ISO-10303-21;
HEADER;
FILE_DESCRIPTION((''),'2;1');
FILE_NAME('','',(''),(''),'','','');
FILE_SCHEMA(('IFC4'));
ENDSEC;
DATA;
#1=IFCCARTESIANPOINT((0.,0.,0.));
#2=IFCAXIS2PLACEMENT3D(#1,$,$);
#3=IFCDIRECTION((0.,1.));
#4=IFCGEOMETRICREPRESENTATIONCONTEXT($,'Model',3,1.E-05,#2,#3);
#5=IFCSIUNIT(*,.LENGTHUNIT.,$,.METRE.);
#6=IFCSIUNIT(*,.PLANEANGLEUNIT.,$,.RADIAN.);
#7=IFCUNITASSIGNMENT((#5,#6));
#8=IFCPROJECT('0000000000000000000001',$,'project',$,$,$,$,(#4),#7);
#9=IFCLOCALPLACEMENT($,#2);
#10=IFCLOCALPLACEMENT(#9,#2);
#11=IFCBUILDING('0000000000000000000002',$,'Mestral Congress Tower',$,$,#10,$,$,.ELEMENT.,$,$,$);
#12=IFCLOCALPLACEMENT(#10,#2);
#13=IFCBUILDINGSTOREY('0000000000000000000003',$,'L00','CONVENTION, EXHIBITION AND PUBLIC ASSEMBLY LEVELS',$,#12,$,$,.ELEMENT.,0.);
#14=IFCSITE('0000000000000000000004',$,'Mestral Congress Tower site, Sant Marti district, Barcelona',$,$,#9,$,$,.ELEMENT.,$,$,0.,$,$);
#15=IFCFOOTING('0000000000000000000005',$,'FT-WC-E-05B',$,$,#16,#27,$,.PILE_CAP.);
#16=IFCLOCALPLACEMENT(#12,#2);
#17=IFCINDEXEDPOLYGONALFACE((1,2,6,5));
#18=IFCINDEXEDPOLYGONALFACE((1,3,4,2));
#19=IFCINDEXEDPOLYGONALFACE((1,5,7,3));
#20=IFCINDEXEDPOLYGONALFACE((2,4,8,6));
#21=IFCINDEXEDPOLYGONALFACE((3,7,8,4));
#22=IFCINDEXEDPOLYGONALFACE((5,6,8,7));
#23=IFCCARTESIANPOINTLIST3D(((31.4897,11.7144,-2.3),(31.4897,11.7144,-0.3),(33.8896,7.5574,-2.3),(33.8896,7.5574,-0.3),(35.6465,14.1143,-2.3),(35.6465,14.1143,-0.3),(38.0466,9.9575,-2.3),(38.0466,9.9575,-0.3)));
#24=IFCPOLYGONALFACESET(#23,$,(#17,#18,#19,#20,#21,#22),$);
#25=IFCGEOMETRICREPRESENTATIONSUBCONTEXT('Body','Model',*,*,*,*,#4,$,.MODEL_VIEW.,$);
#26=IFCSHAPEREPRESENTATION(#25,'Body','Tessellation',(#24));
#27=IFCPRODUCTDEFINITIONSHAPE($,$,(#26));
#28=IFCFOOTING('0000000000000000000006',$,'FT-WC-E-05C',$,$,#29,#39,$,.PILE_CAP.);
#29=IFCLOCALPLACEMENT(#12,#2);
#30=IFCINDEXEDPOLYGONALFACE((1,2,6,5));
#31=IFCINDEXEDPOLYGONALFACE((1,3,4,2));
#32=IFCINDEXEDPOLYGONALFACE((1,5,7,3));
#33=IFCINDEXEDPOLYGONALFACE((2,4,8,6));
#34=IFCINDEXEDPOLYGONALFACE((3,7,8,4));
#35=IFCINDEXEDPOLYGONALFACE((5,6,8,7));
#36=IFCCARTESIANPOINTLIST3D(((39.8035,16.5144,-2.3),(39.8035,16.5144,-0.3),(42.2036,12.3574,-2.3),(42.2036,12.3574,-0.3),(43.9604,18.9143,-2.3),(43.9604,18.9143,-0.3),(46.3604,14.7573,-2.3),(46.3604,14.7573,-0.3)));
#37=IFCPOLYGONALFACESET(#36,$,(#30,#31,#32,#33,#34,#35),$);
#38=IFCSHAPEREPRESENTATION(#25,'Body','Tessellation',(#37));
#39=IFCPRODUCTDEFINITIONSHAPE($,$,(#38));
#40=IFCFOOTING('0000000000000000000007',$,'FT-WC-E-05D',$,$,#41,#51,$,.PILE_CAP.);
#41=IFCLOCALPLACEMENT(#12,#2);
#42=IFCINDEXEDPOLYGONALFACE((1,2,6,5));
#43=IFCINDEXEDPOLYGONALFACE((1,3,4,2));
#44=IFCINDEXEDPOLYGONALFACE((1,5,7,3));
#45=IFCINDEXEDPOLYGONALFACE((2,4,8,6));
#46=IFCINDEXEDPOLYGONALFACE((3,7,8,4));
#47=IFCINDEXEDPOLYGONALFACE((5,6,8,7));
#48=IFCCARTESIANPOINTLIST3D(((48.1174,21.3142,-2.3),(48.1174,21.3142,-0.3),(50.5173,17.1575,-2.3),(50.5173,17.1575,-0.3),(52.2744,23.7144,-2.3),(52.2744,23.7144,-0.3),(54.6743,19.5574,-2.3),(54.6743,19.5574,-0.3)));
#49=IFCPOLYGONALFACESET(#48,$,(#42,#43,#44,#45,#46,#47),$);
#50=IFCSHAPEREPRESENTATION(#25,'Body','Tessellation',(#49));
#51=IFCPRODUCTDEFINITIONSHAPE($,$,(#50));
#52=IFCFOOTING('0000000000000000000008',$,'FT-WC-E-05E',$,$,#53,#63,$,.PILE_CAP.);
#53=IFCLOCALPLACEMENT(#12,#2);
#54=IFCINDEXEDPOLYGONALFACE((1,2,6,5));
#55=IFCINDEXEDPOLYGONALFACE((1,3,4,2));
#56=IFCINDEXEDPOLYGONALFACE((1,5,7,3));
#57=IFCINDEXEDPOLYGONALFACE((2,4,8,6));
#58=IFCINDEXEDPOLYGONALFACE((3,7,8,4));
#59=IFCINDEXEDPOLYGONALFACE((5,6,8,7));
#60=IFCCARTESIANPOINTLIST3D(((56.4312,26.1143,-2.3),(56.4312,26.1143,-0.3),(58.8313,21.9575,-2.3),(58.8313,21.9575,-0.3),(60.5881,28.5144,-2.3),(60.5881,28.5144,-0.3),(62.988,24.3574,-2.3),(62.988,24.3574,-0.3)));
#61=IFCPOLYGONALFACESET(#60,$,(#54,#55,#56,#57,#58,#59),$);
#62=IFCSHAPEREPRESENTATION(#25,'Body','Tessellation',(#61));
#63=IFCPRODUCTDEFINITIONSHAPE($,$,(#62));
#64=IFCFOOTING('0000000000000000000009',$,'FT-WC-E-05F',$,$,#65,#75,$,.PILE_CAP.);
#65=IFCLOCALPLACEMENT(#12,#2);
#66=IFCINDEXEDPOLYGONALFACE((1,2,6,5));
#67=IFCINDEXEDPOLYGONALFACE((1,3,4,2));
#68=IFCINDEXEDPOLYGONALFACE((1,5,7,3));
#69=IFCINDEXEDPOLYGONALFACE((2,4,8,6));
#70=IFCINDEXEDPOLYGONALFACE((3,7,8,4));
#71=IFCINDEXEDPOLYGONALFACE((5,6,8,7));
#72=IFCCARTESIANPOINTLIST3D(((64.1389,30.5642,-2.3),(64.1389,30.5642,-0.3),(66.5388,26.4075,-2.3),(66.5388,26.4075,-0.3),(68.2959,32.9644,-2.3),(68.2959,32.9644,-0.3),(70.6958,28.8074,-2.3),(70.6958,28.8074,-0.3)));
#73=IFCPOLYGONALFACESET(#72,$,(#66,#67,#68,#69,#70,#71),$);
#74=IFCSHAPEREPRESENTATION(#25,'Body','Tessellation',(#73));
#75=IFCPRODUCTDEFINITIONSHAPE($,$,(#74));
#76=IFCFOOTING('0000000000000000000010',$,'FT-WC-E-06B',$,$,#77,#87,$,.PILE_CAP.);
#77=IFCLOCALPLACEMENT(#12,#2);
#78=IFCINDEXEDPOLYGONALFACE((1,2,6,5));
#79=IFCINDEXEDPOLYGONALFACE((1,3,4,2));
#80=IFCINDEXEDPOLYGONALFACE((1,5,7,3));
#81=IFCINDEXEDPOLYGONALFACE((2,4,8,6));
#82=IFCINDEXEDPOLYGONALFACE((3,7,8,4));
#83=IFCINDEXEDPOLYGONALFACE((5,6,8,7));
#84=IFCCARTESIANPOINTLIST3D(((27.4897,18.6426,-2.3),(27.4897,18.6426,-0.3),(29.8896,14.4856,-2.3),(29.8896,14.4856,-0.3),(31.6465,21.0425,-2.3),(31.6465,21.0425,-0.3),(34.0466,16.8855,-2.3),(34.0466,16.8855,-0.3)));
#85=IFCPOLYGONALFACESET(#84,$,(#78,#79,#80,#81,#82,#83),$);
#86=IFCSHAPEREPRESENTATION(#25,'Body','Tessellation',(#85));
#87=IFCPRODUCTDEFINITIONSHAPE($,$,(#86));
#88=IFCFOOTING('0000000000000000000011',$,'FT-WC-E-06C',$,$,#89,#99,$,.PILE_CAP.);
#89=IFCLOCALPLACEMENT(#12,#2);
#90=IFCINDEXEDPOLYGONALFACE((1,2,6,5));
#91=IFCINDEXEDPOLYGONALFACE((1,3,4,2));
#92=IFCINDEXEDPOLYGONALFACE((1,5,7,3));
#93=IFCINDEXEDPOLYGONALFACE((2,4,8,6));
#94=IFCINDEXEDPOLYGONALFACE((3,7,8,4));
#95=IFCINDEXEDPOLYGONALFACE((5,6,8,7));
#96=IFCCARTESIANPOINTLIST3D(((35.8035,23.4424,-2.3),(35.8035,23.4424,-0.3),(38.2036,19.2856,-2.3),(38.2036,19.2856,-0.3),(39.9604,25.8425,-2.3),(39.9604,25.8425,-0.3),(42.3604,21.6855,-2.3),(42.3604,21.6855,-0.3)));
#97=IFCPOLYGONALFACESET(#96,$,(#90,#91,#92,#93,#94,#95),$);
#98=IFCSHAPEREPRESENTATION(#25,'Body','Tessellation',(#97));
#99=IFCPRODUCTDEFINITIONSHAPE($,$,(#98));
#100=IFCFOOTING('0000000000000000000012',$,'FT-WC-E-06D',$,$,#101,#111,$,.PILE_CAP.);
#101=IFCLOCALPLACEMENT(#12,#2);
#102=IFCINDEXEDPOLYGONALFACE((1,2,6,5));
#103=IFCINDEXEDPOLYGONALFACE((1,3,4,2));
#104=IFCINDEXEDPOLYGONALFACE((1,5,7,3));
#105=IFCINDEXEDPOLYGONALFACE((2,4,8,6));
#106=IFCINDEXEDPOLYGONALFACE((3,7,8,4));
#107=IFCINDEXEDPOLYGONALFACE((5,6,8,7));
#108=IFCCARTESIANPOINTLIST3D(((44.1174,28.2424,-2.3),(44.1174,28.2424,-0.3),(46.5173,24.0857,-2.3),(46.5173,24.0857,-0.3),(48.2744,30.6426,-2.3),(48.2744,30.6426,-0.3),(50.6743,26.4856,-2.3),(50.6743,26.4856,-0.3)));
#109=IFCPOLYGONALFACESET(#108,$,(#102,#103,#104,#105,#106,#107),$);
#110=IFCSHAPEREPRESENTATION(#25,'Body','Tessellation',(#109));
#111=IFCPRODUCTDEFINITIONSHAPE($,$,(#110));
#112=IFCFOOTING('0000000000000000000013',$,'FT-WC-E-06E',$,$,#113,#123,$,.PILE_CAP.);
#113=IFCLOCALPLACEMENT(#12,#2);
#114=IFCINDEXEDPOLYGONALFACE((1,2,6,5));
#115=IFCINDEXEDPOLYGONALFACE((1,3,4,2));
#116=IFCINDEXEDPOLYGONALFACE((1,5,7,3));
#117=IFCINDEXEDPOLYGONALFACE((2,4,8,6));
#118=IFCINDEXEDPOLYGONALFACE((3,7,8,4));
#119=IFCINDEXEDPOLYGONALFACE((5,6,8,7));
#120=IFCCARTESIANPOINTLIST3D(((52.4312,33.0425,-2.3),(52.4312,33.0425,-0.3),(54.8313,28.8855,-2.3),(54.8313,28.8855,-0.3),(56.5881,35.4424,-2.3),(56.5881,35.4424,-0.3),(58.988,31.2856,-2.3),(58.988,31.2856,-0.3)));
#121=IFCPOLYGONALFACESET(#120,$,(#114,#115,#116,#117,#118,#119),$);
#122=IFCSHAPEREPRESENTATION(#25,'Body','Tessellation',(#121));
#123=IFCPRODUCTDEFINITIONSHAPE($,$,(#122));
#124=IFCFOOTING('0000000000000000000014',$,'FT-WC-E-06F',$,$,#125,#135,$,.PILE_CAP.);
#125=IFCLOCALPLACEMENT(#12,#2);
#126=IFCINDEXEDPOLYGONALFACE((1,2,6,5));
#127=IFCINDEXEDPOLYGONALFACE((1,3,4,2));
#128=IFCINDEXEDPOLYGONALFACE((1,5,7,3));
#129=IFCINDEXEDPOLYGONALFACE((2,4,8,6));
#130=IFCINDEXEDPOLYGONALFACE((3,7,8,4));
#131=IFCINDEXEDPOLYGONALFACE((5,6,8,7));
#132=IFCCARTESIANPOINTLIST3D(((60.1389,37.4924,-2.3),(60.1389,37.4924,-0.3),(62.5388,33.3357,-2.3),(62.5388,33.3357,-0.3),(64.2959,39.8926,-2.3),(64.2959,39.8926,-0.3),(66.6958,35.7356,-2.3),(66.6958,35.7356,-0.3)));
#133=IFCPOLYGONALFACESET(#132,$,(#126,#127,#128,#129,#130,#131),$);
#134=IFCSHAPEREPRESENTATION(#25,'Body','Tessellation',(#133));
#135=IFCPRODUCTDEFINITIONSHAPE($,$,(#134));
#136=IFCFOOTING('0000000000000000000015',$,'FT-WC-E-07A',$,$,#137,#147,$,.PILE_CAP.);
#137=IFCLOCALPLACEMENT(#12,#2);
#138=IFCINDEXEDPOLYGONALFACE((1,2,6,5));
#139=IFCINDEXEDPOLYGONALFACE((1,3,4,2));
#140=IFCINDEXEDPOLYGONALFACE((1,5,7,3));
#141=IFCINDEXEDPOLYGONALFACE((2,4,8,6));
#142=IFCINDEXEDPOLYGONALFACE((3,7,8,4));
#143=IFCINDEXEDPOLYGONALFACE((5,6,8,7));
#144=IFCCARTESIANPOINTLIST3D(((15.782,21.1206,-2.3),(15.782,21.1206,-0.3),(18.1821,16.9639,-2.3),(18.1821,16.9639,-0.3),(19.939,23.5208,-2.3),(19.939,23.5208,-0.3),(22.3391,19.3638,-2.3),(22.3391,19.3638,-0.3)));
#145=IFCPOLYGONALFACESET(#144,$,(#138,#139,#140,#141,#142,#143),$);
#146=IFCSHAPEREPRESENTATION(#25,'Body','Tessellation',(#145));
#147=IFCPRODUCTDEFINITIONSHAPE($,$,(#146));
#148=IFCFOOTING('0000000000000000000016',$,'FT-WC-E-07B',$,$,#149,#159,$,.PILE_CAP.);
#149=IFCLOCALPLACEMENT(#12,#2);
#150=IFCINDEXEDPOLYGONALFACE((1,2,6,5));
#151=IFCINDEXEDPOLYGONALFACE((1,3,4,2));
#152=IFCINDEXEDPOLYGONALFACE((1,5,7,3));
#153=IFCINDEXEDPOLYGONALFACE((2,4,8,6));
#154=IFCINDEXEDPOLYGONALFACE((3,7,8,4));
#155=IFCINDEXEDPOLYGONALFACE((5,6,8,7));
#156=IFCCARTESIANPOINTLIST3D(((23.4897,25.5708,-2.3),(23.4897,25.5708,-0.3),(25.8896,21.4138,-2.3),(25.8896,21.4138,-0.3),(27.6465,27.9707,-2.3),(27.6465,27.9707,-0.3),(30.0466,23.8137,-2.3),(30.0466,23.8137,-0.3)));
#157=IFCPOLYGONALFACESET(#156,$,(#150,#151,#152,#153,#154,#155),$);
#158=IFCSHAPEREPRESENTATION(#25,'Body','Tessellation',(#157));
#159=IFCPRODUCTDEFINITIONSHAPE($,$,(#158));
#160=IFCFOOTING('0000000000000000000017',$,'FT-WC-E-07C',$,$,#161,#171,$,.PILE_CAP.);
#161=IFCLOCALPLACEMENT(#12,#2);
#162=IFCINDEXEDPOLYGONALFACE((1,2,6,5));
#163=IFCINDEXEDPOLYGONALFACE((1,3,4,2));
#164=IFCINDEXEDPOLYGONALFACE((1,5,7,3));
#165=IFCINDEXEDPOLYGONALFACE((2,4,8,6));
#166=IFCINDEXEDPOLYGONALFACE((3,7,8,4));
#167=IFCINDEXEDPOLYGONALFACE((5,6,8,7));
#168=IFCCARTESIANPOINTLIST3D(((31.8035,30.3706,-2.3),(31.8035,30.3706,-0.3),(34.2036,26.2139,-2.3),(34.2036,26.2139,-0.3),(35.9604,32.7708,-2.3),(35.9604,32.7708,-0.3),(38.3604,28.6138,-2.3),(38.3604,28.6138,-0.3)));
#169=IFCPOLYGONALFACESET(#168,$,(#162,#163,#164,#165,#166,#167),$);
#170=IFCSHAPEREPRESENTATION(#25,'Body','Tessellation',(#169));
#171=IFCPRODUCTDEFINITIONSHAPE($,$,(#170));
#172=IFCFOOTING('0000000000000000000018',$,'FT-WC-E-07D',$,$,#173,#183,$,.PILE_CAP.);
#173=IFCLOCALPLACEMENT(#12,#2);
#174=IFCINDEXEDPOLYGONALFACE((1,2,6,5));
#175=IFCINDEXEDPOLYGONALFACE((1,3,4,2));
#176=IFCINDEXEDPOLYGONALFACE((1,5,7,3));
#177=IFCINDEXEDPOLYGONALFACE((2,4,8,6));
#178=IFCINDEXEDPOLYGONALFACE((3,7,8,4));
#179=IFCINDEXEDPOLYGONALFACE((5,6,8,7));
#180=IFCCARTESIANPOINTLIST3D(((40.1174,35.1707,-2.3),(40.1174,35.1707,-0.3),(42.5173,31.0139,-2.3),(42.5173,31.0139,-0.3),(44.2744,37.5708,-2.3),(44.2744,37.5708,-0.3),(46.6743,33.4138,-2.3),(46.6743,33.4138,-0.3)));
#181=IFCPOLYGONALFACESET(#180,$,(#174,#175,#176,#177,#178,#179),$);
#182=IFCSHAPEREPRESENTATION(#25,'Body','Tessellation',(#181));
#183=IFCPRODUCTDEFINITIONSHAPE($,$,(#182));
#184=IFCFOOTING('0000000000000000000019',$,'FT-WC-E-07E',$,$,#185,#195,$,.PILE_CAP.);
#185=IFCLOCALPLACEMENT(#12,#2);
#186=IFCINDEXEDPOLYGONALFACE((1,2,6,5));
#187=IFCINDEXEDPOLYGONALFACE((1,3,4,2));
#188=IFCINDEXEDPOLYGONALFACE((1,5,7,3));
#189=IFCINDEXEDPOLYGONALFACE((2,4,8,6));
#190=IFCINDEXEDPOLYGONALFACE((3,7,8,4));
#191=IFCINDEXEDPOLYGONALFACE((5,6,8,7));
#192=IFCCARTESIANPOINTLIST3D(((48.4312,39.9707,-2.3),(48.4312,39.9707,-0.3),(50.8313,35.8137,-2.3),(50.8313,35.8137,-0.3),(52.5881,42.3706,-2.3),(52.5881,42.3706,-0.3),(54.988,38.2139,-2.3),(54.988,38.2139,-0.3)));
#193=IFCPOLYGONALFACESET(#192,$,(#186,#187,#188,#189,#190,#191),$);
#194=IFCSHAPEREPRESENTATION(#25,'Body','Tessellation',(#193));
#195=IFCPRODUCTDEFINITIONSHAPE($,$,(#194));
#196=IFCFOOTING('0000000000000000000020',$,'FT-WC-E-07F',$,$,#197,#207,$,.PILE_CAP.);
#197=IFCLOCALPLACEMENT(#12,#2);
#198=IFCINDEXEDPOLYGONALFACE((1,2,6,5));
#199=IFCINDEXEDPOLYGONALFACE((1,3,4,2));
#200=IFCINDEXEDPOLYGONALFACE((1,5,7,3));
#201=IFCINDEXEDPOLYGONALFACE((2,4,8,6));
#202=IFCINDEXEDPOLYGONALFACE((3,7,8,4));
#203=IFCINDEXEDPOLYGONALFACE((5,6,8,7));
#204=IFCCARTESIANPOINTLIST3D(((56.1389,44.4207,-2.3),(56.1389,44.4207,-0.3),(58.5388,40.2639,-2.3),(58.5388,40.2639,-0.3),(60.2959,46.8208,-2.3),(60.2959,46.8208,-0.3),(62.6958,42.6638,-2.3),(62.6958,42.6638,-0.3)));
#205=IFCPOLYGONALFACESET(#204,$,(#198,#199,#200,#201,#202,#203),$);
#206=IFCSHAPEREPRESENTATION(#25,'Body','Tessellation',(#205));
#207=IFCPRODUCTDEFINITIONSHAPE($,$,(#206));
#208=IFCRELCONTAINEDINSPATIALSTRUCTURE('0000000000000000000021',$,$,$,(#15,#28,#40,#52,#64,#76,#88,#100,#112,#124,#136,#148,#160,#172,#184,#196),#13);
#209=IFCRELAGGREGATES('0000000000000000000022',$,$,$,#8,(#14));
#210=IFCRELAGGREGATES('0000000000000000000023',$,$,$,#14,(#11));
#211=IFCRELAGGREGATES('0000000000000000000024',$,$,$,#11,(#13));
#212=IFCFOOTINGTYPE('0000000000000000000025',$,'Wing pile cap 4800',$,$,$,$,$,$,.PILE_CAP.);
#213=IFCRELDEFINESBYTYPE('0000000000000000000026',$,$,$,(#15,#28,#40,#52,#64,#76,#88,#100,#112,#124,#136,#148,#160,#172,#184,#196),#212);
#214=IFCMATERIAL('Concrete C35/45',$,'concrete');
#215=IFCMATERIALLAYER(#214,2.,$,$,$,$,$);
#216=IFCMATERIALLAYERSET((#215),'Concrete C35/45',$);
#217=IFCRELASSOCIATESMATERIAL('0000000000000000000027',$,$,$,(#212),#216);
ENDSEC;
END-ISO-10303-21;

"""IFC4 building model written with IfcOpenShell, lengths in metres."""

from ifc_helpers import new_model, si_unit, direction, frame, origin, place, context, subcontext, project, spatial, polyline, outline, extrude, material, layer, layer_set, type_object, element, save


model = new_model("IFC4")

# Units and contexts
model_context = context("Model", 3, precision=1e-05, world=origin(), true_north=direction((0.0, 1.0)))
body_context = subcontext(model_context, "Body", "Model", "MODEL_VIEW")
ifc_project = project(units=[si_unit("LENGTHUNIT", "METRE"), si_unit("PLANEANGLEUNIT", "RADIAN")], contexts=[model_context])

# Site, building, storey
site_placement = place(None, origin())
site = spatial("IfcSite", under=ifc_project, at=site_placement, Name="Mestral Congress Tower site, Sant Marti district, Barcelona", CompositionType="ELEMENT", RefElevation=0.0)
building_placement = place(site_placement, origin())
building = spatial("IfcBuilding", under=site, at=building_placement, Name="Mestral Congress Tower", CompositionType="ELEMENT")
storey_placement = place(building_placement, origin())
storey = spatial("IfcBuildingStorey", under=building, at=storey_placement, Name="L00", Description="CONVENTION, EXHIBITION AND PUBLIC ASSEMBLY LEVELS", CompositionType="ELEMENT", Elevation=0.0)

# Footings
ifc_material = material(Name="Concrete C35/45", Category="concrete")
ifc_layer = layer(ifc_material, 2.0)
ifc_layer_set = layer_set([ifc_layer], Name="Concrete C35/45")
footing_type = type_object("IfcFootingType", Name="Wing pile cap 4800", PredefinedType="PILE_CAP", material=ifc_layer_set)
placement = place(storey_placement, frame((0.0, 0.0, -2.3)))
element("IfcFooting", 1, at=placement, inside=storey, type_object=footing_type, Name="FT-WC-E-05B", PredefinedType="PILE_CAP", context=body_context, shape_type="SweptSolid", body=[
    extrude(outline(polyline([(33.8896, 7.5574), (38.0466, 9.9575), (35.6465, 14.1143), (31.4897, 11.7144), (33.8896, 7.5574)])), origin(), (0.0, 0.0, 1.0), 2.0),
])
element("IfcFooting", 2, at=placement, inside=storey, type_object=footing_type, Name="FT-WC-E-05C", PredefinedType="PILE_CAP", context=body_context, shape_type="SweptSolid", body=[
    extrude(outline(polyline([(42.2036, 12.3574), (46.3604, 14.7573), (43.9604, 18.9143), (39.8035, 16.5144), (42.2036, 12.3574)])), origin(), (0.0, 0.0, 1.0), 2.0),
])
element("IfcFooting", 3, at=placement, inside=storey, type_object=footing_type, Name="FT-WC-E-05D", PredefinedType="PILE_CAP", context=body_context, shape_type="SweptSolid", body=[
    extrude(outline(polyline([(50.5173, 17.1575), (54.6743, 19.5574), (52.2744, 23.7144), (48.1174, 21.3142), (50.5173, 17.1575)])), origin(), (0.0, 0.0, 1.0), 2.0),
])
element("IfcFooting", 4, at=placement, inside=storey, type_object=footing_type, Name="FT-WC-E-05E", PredefinedType="PILE_CAP", context=body_context, shape_type="SweptSolid", body=[
    extrude(outline(polyline([(58.8313, 21.9575), (62.988, 24.3574), (60.5881, 28.5144), (56.4312, 26.1143), (58.8313, 21.9575)])), origin(), (0.0, 0.0, 1.0), 2.0),
])
element("IfcFooting", 5, at=placement, inside=storey, type_object=footing_type, Name="FT-WC-E-05F", PredefinedType="PILE_CAP", context=body_context, shape_type="SweptSolid", body=[
    extrude(outline(polyline([(66.5388, 26.4075), (70.6958, 28.8074), (68.2959, 32.9644), (64.1389, 30.5642), (66.5388, 26.4075)])), origin(), (0.0, 0.0, 1.0), 2.0),
])
element("IfcFooting", 6, at=placement, inside=storey, type_object=footing_type, Name="FT-WC-E-06B", PredefinedType="PILE_CAP", context=body_context, shape_type="SweptSolid", body=[
    extrude(outline(polyline([(29.8896, 14.4856), (34.0466, 16.8855), (31.6465, 21.0425), (27.4897, 18.6426), (29.8896, 14.4856)])), origin(), (0.0, 0.0, 1.0), 2.0),
])
element("IfcFooting", 7, at=placement, inside=storey, type_object=footing_type, Name="FT-WC-E-06C", PredefinedType="PILE_CAP", context=body_context, shape_type="SweptSolid", body=[
    extrude(outline(polyline([(38.2036, 19.2856), (42.3604, 21.6855), (39.9604, 25.8425), (35.8035, 23.4424), (38.2036, 19.2856)])), origin(), (0.0, 0.0, 1.0), 2.0),
])
element("IfcFooting", 8, at=placement, inside=storey, type_object=footing_type, Name="FT-WC-E-06D", PredefinedType="PILE_CAP", context=body_context, shape_type="SweptSolid", body=[
    extrude(outline(polyline([(46.5173, 24.0857), (50.6743, 26.4856), (48.2744, 30.6426), (44.1174, 28.2424), (46.5173, 24.0857)])), origin(), (0.0, 0.0, 1.0), 2.0),
])
element("IfcFooting", 9, at=placement, inside=storey, type_object=footing_type, Name="FT-WC-E-06E", PredefinedType="PILE_CAP", context=body_context, shape_type="SweptSolid", body=[
    extrude(outline(polyline([(54.8313, 28.8855), (58.988, 31.2856), (56.5881, 35.4424), (52.4312, 33.0425), (54.8313, 28.8855)])), origin(), (0.0, 0.0, 1.0), 2.0),
])
element("IfcFooting", 10, at=placement, inside=storey, type_object=footing_type, Name="FT-WC-E-06F", PredefinedType="PILE_CAP", context=body_context, shape_type="SweptSolid", body=[
    extrude(outline(polyline([(62.5388, 33.3357), (66.6958, 35.7356), (64.2959, 39.8926), (60.1389, 37.4924), (62.5388, 33.3357)])), origin(), (0.0, 0.0, 1.0), 2.0),
])
element("IfcFooting", 11, at=placement, inside=storey, type_object=footing_type, Name="FT-WC-E-07A", PredefinedType="PILE_CAP", context=body_context, shape_type="SweptSolid", body=[
    extrude(outline(polyline([(18.1821, 16.9639), (22.3391, 19.3638), (19.939, 23.5208), (15.782, 21.1206), (18.1821, 16.9639)])), origin(), (0.0, 0.0, 1.0), 2.0),
])
element("IfcFooting", 12, at=placement, inside=storey, type_object=footing_type, Name="FT-WC-E-07B", PredefinedType="PILE_CAP", context=body_context, shape_type="SweptSolid", body=[
    extrude(outline(polyline([(25.8896, 21.4138), (30.0466, 23.8137), (27.6465, 27.9707), (23.4897, 25.5708), (25.8896, 21.4138)])), origin(), (0.0, 0.0, 1.0), 2.0),
])
element("IfcFooting", 13, at=placement, inside=storey, type_object=footing_type, Name="FT-WC-E-07C", PredefinedType="PILE_CAP", context=body_context, shape_type="SweptSolid", body=[
    extrude(outline(polyline([(34.2036, 26.2139), (38.3604, 28.6138), (35.9604, 32.7708), (31.8035, 30.3706), (34.2036, 26.2139)])), origin(), (0.0, 0.0, 1.0), 2.0),
])
element("IfcFooting", 14, at=placement, inside=storey, type_object=footing_type, Name="FT-WC-E-07D", PredefinedType="PILE_CAP", context=body_context, shape_type="SweptSolid", body=[
    extrude(outline(polyline([(42.5173, 31.0139), (46.6743, 33.4138), (44.2744, 37.5708), (40.1174, 35.1707), (42.5173, 31.0139)])), origin(), (0.0, 0.0, 1.0), 2.0),
])
element("IfcFooting", 15, at=placement, inside=storey, type_object=footing_type, Name="FT-WC-E-07E", PredefinedType="PILE_CAP", context=body_context, shape_type="SweptSolid", body=[
    extrude(outline(polyline([(50.8313, 35.8137), (54.988, 38.2139), (52.5881, 42.3706), (48.4312, 39.9707), (50.8313, 35.8137)])), origin(), (0.0, 0.0, 1.0), 2.0),
])
element("IfcFooting", 16, at=placement, inside=storey, type_object=footing_type, Name="FT-WC-E-07F", PredefinedType="PILE_CAP", context=body_context, shape_type="SweptSolid", body=[
    extrude(outline(polyline([(58.5388, 40.2639), (62.6958, 42.6638), (60.2959, 46.8208), (56.1389, 44.4207), (58.5388, 40.2639)])), origin(), (0.0, 0.0, 1.0), 2.0),
])

save(model, "model.ifc")
